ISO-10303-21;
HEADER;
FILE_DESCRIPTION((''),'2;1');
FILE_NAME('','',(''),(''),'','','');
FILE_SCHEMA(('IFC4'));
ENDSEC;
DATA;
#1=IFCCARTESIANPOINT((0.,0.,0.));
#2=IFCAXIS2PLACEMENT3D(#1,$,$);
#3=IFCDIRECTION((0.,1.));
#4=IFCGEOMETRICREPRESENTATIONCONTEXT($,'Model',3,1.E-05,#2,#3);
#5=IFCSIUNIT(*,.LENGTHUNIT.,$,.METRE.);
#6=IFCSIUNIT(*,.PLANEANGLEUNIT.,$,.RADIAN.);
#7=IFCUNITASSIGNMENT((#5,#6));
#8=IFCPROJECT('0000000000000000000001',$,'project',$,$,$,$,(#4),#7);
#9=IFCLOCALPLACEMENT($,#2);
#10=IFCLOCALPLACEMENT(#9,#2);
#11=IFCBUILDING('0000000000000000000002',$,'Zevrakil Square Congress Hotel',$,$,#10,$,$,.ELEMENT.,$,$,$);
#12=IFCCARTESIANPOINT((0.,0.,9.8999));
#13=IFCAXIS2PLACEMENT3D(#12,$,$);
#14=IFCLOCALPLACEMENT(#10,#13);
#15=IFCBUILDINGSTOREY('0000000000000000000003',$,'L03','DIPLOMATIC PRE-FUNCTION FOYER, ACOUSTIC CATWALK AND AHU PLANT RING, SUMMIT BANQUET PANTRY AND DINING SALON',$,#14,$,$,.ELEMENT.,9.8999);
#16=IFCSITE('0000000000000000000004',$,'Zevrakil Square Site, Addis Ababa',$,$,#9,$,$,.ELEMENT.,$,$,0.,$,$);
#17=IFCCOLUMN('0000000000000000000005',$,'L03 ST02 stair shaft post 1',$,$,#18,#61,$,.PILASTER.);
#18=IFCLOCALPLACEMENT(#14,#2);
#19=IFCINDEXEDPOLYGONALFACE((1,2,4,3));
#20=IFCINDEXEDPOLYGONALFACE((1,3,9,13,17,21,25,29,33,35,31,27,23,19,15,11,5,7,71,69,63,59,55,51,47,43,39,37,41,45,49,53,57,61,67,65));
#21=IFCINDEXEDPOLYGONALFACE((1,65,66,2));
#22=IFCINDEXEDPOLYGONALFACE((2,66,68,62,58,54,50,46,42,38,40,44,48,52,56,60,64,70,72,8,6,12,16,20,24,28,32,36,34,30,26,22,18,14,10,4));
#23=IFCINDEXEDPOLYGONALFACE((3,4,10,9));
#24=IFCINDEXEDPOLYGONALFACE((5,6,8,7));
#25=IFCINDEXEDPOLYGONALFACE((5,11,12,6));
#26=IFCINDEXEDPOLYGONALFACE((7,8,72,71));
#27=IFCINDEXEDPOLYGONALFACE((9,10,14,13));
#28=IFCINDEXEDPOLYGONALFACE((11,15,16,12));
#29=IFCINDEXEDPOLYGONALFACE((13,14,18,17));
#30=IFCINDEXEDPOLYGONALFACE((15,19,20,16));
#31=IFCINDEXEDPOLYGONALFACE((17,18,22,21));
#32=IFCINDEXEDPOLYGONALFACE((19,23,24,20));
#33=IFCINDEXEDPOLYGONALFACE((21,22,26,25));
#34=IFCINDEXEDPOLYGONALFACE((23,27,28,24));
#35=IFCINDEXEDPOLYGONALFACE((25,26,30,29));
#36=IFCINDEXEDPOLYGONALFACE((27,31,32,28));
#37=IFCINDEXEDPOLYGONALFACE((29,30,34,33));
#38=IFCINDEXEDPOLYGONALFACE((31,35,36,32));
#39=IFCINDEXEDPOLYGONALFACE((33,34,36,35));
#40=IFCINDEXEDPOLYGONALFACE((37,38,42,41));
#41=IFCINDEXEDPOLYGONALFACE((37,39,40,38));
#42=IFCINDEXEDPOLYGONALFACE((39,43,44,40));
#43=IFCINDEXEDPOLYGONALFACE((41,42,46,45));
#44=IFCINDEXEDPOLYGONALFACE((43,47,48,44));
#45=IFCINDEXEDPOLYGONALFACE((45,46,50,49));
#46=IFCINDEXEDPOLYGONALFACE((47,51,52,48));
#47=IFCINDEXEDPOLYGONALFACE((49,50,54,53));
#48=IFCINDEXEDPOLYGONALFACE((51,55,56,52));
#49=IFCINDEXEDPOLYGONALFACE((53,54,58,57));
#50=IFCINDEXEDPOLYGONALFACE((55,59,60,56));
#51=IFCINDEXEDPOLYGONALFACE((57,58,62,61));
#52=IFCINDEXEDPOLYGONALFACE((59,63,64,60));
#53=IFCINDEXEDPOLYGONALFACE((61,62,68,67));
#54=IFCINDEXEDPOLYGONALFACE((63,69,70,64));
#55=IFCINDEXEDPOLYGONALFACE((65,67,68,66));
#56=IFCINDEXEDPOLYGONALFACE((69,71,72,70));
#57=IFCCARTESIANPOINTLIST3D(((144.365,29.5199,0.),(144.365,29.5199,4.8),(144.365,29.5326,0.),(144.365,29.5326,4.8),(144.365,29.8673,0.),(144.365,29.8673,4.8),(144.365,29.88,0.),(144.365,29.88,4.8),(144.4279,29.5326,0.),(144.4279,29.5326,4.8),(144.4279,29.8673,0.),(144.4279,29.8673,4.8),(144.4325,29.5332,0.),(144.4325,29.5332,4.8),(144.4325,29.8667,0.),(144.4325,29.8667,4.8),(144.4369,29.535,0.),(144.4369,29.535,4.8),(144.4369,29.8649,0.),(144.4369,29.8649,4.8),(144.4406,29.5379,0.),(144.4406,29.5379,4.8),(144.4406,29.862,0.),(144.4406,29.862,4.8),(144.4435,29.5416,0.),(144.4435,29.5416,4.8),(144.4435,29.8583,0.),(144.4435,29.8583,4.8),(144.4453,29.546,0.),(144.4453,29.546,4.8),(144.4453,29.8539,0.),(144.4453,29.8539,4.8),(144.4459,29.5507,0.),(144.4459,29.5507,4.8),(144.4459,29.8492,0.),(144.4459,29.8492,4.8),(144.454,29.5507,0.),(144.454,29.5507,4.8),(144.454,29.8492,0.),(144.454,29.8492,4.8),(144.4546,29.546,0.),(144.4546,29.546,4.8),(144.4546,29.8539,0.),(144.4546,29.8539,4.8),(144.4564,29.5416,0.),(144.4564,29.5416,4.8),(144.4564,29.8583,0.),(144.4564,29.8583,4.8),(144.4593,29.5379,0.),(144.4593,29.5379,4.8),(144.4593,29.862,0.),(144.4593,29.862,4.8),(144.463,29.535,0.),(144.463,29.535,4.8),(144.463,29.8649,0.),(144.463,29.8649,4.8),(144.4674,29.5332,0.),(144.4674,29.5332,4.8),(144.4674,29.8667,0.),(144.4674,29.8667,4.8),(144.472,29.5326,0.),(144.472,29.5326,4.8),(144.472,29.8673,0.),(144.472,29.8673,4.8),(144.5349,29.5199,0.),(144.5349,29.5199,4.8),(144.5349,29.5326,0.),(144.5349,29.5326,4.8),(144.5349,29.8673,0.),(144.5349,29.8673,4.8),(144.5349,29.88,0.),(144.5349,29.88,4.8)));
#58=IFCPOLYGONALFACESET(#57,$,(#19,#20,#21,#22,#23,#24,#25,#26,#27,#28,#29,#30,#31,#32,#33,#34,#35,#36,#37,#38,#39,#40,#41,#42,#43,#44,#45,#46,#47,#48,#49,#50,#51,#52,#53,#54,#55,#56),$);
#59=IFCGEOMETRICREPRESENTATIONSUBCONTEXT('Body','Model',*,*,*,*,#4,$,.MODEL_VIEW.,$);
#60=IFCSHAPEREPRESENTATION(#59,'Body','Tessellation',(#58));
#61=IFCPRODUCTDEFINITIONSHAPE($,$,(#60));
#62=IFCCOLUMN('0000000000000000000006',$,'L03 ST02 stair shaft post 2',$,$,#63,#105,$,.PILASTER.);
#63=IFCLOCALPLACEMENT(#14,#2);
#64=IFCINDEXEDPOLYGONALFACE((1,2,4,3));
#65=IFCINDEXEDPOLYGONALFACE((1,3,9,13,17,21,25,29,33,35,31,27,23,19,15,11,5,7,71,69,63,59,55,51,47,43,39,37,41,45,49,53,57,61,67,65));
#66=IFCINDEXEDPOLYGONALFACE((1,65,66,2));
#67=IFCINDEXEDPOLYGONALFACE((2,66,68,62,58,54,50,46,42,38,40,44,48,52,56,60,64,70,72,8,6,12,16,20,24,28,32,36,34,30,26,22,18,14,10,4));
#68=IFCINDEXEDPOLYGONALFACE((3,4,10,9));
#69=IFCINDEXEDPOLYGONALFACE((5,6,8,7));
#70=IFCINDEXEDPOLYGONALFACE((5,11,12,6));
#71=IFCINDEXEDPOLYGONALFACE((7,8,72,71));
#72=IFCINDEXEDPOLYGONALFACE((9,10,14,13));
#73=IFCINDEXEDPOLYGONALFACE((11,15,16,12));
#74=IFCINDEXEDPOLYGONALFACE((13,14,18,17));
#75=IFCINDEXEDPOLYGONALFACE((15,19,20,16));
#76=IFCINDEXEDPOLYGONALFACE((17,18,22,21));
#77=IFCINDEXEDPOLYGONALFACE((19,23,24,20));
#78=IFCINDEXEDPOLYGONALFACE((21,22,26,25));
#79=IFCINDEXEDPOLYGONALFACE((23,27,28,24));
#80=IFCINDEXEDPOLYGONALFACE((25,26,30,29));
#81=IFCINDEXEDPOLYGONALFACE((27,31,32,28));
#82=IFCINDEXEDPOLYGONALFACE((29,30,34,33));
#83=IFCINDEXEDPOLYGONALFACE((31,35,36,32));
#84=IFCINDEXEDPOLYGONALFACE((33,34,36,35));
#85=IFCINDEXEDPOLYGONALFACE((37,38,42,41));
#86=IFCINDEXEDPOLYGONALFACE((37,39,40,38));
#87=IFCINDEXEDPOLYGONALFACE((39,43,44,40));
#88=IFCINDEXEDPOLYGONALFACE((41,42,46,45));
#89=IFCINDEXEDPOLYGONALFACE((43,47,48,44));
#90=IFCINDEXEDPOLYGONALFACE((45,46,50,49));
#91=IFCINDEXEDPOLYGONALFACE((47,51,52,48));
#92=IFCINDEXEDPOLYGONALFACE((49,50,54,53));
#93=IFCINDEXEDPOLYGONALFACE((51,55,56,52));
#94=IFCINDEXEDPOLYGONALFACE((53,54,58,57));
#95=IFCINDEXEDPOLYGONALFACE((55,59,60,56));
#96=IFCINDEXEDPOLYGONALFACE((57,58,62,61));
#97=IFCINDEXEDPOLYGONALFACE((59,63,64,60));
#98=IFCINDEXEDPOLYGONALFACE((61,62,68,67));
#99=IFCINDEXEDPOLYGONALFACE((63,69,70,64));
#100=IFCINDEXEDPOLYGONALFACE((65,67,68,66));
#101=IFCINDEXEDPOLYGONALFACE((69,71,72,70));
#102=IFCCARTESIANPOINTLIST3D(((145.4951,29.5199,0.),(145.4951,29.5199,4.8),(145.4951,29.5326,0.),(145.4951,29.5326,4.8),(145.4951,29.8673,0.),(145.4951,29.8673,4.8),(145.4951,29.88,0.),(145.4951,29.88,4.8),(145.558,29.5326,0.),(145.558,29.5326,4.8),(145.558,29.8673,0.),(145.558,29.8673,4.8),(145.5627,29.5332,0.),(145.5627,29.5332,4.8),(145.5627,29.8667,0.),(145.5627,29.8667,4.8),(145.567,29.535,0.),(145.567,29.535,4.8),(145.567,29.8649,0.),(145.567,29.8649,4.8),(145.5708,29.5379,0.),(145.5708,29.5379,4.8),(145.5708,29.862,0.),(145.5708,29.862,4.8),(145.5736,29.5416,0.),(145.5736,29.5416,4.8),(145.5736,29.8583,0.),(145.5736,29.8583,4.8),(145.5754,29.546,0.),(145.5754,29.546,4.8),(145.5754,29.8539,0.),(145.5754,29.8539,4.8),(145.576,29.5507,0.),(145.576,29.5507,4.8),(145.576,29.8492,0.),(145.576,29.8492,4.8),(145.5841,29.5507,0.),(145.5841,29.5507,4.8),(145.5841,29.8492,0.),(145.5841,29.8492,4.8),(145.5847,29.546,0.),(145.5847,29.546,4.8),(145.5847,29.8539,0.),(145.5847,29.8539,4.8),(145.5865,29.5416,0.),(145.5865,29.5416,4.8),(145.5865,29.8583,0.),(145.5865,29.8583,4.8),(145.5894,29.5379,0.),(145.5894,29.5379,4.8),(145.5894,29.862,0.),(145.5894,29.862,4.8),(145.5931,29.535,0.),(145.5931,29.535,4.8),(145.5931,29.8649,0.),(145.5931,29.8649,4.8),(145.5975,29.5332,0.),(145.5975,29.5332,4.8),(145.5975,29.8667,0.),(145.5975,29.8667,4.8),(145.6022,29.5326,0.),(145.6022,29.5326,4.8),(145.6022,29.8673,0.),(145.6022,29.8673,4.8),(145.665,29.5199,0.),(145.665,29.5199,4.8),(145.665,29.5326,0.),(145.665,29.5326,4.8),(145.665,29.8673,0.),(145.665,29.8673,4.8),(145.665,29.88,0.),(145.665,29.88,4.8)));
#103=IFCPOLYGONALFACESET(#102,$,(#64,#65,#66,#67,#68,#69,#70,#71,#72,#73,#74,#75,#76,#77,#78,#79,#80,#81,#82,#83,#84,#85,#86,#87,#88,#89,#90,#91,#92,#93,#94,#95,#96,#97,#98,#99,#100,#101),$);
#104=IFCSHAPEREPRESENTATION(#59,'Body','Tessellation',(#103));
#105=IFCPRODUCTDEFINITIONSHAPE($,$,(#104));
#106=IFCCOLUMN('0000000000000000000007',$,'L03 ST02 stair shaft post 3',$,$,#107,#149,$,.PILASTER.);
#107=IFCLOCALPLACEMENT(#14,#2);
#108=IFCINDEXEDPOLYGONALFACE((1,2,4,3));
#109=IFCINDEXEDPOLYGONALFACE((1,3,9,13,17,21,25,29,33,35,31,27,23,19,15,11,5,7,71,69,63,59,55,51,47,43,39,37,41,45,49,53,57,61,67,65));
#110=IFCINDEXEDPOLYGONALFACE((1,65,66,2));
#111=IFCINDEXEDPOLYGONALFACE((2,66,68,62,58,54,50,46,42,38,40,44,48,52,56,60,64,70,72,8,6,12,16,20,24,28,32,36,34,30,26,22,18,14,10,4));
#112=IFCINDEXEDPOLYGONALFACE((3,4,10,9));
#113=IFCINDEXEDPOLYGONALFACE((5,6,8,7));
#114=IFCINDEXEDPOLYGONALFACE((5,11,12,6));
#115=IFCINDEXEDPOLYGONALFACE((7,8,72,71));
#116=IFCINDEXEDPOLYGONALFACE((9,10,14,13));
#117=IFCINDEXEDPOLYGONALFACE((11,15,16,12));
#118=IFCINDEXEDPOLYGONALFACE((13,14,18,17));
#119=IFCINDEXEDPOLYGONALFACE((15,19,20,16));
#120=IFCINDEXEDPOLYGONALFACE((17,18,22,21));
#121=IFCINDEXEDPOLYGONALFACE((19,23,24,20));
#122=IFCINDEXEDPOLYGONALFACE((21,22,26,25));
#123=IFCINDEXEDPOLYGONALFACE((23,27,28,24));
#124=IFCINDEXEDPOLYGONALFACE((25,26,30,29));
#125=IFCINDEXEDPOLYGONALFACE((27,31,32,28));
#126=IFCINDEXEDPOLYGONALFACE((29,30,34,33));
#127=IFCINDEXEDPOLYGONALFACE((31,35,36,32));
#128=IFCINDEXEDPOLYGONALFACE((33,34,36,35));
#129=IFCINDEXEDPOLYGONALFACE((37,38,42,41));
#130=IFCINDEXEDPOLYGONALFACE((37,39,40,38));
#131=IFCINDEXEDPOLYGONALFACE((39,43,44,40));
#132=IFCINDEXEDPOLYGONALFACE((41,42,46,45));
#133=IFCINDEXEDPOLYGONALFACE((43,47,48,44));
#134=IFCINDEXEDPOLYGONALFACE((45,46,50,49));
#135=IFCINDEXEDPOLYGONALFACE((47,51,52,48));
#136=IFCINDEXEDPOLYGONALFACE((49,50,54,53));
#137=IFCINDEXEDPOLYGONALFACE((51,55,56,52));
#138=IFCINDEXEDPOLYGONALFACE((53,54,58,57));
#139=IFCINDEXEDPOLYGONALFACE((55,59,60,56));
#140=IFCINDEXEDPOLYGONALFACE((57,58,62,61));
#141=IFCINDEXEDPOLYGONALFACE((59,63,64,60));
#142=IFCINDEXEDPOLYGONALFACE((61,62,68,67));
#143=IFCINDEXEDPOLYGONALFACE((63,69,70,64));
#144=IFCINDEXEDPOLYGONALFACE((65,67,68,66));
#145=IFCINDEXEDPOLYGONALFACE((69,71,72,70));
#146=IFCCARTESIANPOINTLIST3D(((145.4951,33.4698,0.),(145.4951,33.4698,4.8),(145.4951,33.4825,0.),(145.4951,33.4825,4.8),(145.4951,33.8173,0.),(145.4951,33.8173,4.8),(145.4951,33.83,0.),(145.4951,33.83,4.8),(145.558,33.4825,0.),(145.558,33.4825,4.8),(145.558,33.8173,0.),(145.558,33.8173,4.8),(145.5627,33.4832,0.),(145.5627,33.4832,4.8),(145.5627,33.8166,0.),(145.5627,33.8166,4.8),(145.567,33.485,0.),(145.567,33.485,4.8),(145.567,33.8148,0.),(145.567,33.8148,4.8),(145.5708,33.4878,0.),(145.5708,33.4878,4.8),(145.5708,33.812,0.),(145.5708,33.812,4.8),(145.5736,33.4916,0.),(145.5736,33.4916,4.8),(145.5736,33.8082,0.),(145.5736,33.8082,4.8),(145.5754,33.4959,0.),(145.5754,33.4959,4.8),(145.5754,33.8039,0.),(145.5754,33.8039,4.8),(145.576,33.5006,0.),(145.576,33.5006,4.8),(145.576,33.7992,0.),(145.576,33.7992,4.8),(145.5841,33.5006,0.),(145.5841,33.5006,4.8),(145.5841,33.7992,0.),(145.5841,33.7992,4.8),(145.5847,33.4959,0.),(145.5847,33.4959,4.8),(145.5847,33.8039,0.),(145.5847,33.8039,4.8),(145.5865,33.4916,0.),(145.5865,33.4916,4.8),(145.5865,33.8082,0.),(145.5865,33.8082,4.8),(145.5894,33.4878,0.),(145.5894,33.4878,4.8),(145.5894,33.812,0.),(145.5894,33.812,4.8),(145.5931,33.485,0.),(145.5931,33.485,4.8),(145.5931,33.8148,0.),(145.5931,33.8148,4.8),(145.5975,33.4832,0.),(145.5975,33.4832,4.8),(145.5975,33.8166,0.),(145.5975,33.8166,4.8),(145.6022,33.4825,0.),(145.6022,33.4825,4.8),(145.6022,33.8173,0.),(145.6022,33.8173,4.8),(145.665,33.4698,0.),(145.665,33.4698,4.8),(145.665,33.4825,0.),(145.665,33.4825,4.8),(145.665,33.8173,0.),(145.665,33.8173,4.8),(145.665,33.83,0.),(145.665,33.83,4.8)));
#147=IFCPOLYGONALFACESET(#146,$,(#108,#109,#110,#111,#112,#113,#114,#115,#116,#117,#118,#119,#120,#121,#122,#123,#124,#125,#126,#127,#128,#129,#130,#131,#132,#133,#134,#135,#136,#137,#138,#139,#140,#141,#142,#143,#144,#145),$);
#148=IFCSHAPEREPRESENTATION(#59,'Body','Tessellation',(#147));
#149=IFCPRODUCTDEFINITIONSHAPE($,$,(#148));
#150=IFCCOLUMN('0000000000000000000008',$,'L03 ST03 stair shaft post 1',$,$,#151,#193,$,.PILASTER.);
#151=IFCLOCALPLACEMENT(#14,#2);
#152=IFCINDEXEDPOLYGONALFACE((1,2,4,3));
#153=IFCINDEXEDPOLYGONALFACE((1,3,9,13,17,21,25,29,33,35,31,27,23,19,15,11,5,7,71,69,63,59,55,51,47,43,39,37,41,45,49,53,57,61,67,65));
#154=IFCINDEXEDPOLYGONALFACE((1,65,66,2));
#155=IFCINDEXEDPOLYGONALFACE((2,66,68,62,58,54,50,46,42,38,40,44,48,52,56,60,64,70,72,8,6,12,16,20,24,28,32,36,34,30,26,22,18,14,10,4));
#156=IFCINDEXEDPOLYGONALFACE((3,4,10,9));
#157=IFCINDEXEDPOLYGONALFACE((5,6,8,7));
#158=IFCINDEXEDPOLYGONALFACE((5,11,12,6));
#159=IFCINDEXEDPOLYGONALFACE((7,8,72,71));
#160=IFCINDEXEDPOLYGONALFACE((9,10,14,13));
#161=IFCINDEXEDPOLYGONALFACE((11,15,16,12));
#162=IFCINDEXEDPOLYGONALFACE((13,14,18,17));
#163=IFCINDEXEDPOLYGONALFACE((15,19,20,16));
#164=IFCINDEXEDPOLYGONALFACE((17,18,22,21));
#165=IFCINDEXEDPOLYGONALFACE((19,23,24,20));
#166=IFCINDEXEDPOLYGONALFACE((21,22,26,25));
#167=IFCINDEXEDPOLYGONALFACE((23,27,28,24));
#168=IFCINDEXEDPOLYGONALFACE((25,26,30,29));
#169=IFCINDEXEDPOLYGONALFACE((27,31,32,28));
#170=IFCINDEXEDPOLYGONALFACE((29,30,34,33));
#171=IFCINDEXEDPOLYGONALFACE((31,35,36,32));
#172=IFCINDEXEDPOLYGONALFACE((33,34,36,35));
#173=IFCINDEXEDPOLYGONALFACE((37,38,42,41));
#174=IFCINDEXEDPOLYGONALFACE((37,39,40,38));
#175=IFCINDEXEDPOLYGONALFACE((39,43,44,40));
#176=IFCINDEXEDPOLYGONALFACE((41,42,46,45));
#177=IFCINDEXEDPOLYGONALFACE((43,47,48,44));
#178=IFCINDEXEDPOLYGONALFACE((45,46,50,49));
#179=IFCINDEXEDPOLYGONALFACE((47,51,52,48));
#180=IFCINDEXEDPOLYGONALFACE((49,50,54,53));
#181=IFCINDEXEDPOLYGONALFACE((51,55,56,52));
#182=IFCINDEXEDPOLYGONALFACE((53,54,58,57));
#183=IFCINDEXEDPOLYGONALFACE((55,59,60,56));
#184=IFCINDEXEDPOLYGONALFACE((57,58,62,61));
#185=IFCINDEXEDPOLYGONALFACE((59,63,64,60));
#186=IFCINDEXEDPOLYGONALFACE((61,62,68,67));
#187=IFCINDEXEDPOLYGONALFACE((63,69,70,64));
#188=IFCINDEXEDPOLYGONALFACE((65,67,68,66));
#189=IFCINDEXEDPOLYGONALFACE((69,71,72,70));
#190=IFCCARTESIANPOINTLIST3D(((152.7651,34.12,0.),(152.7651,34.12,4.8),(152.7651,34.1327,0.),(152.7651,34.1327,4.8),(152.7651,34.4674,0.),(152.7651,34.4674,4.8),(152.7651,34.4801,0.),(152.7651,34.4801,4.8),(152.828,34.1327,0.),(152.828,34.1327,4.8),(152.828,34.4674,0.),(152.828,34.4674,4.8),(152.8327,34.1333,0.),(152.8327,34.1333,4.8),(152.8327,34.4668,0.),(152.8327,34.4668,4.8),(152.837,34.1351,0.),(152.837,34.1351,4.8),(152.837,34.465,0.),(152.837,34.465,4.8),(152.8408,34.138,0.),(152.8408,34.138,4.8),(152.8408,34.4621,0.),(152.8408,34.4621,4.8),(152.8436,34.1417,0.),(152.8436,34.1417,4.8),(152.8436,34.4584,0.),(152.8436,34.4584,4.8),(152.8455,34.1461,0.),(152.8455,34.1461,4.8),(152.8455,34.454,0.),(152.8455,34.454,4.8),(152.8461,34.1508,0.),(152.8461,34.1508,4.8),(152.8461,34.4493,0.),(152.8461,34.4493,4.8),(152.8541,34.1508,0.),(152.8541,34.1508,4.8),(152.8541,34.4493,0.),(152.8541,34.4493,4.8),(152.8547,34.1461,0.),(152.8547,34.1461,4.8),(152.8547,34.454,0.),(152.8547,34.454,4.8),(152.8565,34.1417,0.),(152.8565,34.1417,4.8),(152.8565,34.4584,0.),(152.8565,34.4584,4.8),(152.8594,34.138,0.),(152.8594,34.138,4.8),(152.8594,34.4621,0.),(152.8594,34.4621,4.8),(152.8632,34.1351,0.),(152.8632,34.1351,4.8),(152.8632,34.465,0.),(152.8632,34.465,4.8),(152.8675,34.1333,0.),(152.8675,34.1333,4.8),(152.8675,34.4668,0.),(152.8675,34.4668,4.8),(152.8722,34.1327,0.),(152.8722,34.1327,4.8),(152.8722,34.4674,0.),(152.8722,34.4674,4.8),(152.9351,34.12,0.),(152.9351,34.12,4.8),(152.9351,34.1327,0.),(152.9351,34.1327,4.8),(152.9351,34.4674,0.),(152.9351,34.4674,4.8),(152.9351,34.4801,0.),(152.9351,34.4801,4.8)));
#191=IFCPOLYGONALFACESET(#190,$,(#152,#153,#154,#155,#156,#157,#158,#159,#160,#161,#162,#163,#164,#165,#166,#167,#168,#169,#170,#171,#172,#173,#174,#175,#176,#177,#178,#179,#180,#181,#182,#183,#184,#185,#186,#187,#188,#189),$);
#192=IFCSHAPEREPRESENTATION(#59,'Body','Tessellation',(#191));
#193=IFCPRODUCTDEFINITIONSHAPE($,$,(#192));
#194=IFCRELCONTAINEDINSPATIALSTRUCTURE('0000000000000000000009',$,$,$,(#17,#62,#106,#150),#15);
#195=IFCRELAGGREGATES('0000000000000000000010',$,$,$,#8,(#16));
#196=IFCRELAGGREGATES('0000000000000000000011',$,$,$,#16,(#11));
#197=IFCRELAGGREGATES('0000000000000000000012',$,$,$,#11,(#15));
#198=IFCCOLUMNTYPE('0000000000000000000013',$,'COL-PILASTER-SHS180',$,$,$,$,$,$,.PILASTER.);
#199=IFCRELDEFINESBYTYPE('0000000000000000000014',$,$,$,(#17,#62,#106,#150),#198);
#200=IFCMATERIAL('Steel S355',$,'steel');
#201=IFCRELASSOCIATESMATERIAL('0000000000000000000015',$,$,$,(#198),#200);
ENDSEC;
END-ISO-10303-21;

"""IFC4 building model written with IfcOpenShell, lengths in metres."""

from ifc_helpers import new_model, si_unit, direction, frame, origin, origin_2d, place, context, subcontext, project, spatial, i_section, extrude, material, material_profile, profile_set, type_object, element, save


model = new_model("IFC4")

# Units and contexts
model_context = context("Model", 3, precision=1e-05, world=origin(), true_north=direction((0.0, 1.0)))
body_context = subcontext(model_context, "Body", "Model", "MODEL_VIEW")
ifc_project = project(units=[si_unit("LENGTHUNIT", "METRE"), si_unit("PLANEANGLEUNIT", "RADIAN")], contexts=[model_context])

# Site, building, storey
site_placement = place(None, origin())
site = spatial("IfcSite", under=ifc_project, at=site_placement, Name="Zevrakil Square Site, Addis Ababa", CompositionType="ELEMENT", RefElevation=0.0)
building_placement = place(site_placement, origin())
building = spatial("IfcBuilding", under=site, at=building_placement, Name="Zevrakil Square Congress Hotel", CompositionType="ELEMENT")
storey_placement = place(building_placement, frame((0.0, 0.0, 9.8999)))
storey = spatial("IfcBuildingStorey", under=building, at=storey_placement, Name="L03", Description="DIPLOMATIC PRE-FUNCTION FOYER, ACOUSTIC CATWALK AND AHU PLANT RING, SUMMIT BANQUET PANTRY AND DINING SALON", CompositionType="ELEMENT", Elevation=9.8999)

# Columns
ifc_material_1 = material(Name="Steel S355", Category="steel")
ifc_material_profile_1 = material_profile(ifc_material_1, i_section(OverallWidth=0.1699, OverallDepth=0.3601, WebThickness=0.0081, FlangeThickness=0.0127, FilletRadius=0.0181, at=origin_2d()), Name="IPE 360")
ifc_profile_set_1 = profile_set([ifc_material_profile_1], Name="Steel S355")
column_type = type_object("IfcColumnType", Name="COL-PILASTER-SHS180", PredefinedType="PILASTER", material=ifc_profile_set_1)
for number, where, z_axis, x_axis, name in (
    (1, (144.45, 29.7, 0.0), (0.0, 0.0, 1.0), (1.0, 0.0, 0.0), "L03 ST02 stair shaft post 1"),
    (2, (145.5801, 29.7, 0.0), (0.0, 0.0, 1.0), (1.0, 0.0, 0.0), "L03 ST02 stair shaft post 2"),
    (3, (145.5801, 33.6499, 0.0), (0.0, 0.0, 1.0), (1.0, 0.0, 0.0), "L03 ST02 stair shaft post 3"),
    (4, (152.8501, 34.3, 0.0), (0.0, 0.0, 1.0), (1.0, 0.0, 0.0), "L03 ST03 stair shaft post 1"),
):
    element("IfcColumn", number, at=place(storey_placement, frame(where, z_axis=z_axis, x_axis=x_axis)), inside=storey, type_object=column_type, Name=name, PredefinedType="PILASTER", context=body_context, shape_type="SweptSolid", body=[
        extrude(i_section(OverallWidth=0.1699, OverallDepth=0.3601, WebThickness=0.0081, FlangeThickness=0.0127, FilletRadius=0.0181, at=origin_2d()), origin(), (0.0, 0.0, 1.0), 4.8),
    ])

save(model, "model.ifc")
